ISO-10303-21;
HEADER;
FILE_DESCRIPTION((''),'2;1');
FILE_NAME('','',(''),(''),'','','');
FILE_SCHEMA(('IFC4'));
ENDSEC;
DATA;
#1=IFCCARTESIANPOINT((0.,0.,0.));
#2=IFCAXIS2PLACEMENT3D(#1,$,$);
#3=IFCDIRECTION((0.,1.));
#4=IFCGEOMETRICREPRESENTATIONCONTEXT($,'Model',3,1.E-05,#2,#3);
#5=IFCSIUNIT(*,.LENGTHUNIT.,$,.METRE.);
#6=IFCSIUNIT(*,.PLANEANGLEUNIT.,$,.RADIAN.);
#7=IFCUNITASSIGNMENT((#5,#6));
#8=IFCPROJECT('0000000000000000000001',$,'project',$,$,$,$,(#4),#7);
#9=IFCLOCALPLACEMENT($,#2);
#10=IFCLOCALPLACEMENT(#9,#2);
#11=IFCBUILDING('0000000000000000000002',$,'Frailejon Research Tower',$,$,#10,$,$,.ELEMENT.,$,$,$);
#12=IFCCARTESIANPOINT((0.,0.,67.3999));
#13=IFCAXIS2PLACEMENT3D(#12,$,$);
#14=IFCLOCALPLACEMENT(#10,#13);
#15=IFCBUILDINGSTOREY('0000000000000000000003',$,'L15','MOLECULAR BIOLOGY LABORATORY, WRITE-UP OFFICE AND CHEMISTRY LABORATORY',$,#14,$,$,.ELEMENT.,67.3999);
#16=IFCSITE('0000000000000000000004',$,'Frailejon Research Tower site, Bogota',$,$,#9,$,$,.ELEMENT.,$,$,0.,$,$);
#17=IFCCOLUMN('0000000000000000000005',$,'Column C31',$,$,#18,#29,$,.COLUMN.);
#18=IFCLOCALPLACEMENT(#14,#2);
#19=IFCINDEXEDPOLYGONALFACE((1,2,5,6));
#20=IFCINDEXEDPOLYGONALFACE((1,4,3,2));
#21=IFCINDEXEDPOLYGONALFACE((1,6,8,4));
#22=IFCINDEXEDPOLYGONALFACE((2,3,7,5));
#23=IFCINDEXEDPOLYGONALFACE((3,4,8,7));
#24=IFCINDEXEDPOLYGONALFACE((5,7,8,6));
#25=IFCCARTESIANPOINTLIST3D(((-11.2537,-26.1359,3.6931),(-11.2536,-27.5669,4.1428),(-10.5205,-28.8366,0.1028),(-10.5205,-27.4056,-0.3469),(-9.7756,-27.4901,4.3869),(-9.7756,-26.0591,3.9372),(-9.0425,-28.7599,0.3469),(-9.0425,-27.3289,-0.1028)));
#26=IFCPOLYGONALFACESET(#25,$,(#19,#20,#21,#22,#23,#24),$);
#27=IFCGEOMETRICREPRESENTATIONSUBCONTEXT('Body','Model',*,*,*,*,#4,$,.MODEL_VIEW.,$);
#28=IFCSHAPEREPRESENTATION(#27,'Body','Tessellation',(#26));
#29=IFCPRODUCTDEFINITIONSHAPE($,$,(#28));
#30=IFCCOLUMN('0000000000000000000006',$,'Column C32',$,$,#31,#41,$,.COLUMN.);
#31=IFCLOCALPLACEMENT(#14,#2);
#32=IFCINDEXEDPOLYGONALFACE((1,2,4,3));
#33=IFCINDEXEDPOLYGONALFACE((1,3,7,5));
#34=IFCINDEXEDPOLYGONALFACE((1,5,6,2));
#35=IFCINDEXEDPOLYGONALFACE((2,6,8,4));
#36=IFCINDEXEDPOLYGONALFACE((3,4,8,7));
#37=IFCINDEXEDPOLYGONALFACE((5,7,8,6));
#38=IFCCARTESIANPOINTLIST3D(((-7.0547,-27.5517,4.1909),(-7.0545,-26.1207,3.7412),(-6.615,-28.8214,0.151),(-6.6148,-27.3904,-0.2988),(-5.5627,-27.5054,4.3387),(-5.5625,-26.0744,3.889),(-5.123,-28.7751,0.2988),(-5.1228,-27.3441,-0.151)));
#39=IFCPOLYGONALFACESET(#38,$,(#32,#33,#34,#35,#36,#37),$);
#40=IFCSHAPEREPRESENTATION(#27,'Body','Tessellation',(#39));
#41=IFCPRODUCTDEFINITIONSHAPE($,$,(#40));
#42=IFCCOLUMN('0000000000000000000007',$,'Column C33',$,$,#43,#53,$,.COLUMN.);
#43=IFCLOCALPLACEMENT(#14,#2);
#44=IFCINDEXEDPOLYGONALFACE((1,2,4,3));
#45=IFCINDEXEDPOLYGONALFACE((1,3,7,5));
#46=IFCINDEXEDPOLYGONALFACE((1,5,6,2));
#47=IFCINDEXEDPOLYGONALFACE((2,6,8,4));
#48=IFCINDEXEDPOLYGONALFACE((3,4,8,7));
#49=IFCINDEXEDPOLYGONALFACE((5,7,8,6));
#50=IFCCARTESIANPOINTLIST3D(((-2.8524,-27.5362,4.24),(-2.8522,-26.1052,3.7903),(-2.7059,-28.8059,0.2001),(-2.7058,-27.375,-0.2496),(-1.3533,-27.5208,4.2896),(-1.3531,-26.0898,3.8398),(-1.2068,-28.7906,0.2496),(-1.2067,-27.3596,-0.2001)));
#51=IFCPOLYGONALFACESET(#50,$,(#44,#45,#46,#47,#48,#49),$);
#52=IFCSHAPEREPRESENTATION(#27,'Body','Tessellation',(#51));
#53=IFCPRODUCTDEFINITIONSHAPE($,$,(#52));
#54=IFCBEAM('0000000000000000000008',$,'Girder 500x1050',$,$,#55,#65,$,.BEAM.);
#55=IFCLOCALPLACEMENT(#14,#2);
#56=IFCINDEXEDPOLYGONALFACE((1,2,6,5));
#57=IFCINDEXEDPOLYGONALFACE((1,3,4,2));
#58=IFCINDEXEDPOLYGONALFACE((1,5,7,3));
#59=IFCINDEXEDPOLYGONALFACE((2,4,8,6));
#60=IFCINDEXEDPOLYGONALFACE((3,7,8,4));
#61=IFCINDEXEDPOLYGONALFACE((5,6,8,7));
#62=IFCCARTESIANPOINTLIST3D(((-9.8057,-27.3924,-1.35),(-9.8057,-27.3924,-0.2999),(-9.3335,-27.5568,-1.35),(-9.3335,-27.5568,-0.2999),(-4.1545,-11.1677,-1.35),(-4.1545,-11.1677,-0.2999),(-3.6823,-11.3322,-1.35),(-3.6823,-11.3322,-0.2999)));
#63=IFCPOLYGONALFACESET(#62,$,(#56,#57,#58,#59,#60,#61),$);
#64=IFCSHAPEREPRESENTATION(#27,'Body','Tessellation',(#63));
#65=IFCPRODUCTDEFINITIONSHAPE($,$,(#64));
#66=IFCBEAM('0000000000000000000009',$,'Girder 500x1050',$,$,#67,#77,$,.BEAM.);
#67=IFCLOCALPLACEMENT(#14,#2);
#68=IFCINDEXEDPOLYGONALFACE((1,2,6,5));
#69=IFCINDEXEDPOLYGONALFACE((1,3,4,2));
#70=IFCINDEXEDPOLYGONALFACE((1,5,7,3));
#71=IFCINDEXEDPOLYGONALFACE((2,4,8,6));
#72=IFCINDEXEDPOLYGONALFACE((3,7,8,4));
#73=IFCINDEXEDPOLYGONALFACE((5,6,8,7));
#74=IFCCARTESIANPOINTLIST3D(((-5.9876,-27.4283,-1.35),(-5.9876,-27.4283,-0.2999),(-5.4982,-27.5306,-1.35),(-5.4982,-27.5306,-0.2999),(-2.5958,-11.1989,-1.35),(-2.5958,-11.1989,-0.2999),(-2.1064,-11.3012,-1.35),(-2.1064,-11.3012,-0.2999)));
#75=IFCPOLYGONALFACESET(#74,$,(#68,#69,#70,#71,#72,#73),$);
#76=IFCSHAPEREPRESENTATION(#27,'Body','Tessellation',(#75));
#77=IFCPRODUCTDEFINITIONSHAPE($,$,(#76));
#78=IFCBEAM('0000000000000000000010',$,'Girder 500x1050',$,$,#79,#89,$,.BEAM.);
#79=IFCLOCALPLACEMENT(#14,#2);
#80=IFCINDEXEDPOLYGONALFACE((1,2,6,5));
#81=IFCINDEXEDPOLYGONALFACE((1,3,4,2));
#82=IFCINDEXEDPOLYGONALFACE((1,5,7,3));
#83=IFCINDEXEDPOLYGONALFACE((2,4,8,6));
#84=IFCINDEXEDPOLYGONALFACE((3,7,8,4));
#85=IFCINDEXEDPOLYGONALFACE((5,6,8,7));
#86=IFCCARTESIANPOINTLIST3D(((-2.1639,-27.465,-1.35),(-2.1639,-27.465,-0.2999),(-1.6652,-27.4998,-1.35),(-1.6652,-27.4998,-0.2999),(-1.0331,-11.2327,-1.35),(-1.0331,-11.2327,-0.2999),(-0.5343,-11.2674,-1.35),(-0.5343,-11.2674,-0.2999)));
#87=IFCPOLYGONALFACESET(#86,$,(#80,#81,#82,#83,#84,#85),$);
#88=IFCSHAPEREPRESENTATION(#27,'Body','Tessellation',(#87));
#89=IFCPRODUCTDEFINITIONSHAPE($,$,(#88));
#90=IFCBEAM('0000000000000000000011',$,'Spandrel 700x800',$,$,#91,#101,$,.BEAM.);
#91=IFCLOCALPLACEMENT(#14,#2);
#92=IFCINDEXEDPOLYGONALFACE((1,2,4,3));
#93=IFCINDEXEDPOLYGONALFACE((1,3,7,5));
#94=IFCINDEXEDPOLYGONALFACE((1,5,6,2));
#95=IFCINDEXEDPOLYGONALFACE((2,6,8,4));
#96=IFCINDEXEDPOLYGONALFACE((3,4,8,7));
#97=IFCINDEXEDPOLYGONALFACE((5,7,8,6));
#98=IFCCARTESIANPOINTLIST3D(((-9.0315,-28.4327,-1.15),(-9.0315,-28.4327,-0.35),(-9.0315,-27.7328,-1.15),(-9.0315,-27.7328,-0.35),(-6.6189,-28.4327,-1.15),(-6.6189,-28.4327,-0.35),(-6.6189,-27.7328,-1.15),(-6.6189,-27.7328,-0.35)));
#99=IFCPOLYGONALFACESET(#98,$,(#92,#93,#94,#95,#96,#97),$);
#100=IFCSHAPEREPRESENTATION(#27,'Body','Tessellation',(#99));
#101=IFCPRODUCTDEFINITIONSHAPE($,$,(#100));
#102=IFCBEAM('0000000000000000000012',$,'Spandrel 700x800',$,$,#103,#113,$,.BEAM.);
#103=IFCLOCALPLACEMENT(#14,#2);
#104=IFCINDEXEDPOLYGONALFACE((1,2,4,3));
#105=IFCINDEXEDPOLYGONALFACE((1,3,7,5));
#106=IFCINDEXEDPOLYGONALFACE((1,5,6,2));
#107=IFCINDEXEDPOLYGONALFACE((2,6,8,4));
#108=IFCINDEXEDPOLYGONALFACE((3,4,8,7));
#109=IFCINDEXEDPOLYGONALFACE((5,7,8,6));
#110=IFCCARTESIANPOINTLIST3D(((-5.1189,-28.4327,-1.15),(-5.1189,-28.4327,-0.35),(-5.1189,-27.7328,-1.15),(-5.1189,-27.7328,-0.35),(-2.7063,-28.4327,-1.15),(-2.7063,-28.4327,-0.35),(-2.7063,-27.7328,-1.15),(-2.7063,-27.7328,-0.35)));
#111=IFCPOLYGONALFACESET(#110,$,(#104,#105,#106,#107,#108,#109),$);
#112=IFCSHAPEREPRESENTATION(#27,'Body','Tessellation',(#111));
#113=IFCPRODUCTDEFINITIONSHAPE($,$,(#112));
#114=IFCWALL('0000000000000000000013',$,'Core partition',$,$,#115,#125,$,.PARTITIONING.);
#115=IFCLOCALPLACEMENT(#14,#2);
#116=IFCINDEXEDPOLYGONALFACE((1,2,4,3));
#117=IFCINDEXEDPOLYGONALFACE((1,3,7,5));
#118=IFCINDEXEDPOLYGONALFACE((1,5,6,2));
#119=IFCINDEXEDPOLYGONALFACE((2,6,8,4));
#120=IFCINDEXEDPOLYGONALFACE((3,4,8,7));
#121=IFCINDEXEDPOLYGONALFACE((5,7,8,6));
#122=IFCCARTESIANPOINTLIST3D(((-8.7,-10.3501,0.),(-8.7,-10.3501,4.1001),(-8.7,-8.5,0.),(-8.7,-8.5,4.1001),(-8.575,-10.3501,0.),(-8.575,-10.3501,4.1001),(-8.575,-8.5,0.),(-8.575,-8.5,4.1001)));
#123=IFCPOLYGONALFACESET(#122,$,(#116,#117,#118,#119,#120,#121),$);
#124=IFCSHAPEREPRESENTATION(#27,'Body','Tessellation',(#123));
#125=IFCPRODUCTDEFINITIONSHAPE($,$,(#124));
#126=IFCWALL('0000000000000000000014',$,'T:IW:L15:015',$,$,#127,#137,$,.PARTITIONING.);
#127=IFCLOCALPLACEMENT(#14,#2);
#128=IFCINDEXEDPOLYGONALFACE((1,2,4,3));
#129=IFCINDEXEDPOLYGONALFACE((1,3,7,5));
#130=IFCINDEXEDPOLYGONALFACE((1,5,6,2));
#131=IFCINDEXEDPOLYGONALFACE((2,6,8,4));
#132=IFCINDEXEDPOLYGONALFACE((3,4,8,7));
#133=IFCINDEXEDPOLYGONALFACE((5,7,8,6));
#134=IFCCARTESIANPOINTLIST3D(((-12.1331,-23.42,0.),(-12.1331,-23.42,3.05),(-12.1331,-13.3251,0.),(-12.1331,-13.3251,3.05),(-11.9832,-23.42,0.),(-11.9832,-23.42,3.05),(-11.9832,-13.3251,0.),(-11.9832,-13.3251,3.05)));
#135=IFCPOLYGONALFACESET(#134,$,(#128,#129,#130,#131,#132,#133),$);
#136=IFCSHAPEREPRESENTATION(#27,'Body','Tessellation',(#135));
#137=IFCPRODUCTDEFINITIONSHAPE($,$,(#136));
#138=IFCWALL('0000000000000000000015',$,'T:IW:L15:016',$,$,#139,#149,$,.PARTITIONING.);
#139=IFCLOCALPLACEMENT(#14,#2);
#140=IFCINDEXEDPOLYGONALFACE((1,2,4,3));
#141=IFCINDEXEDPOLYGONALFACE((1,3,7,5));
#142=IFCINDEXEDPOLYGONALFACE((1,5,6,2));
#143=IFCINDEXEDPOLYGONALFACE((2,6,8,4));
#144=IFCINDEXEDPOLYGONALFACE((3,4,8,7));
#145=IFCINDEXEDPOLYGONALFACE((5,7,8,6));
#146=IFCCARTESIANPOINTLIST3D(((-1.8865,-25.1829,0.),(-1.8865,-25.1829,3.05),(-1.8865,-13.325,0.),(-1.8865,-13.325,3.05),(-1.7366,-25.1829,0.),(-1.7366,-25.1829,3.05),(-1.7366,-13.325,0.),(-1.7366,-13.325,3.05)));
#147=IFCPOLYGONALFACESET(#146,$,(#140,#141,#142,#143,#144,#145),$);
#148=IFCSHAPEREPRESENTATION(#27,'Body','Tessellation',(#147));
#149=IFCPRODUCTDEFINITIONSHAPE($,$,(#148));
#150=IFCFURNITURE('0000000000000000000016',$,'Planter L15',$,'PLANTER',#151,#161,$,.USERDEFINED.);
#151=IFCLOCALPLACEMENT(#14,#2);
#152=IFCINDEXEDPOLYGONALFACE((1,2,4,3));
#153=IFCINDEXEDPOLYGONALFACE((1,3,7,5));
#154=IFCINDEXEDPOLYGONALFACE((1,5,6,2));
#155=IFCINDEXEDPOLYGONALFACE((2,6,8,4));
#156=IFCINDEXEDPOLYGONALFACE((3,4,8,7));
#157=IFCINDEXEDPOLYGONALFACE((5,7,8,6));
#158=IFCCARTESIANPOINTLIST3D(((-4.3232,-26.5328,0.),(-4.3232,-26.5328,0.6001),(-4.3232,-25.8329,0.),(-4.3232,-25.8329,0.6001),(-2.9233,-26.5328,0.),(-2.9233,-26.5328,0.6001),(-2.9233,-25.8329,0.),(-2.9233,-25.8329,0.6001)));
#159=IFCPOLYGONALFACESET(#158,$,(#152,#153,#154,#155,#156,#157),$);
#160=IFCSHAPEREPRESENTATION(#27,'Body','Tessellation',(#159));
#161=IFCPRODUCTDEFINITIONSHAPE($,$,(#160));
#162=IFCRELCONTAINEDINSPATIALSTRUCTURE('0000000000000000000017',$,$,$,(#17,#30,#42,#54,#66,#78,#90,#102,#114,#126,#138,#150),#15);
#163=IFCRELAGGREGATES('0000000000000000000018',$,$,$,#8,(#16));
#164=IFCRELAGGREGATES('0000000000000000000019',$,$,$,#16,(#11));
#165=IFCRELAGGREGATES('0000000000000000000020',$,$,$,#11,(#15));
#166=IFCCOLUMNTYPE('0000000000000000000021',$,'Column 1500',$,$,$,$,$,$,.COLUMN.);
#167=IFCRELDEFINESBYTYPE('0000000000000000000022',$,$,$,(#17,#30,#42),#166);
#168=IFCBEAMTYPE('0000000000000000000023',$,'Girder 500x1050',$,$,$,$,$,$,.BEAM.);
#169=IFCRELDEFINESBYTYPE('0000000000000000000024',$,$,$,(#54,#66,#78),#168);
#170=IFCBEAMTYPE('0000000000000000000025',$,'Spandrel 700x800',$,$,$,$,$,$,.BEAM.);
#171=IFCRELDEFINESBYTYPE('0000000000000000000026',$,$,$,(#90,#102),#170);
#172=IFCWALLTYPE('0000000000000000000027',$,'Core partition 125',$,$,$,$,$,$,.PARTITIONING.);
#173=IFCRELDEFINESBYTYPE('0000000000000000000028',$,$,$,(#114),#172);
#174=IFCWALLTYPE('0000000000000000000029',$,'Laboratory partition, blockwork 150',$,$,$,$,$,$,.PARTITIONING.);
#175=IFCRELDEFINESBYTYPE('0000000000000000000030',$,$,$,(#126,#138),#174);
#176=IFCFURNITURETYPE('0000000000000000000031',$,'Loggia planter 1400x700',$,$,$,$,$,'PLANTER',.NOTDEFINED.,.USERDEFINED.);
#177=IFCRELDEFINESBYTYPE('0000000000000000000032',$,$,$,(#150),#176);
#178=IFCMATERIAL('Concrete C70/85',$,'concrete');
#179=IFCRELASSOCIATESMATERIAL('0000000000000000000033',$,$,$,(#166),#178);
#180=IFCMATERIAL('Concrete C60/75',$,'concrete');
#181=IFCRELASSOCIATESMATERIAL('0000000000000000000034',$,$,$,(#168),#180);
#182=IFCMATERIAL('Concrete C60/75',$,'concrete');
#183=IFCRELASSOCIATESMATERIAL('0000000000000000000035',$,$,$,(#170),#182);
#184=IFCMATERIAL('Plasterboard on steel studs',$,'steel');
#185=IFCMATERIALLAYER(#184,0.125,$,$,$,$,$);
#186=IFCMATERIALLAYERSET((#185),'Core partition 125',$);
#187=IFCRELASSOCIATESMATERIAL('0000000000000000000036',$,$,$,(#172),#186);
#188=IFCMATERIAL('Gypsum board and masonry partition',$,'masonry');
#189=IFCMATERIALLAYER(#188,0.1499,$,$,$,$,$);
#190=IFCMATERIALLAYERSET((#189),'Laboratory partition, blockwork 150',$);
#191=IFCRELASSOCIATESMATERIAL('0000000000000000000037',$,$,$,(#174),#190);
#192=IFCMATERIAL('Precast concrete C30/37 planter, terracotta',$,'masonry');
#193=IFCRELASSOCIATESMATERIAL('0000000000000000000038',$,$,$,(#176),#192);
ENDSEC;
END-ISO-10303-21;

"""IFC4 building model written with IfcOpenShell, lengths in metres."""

from ifc_helpers import new_model, si_unit, direction, frame, frame_2d, origin, origin_2d, place, context, subcontext, project, spatial, rectangle, extrude, material, layer, layer_set, material_profile, profile_set, type_object, element, save


model = new_model("IFC4")

# Units and contexts
model_context = context("Model", 3, precision=1e-05, world=origin(), true_north=direction((0.0, 1.0)))
body_context = subcontext(model_context, "Body", "Model", "MODEL_VIEW")
ifc_project = project(units=[si_unit("LENGTHUNIT", "METRE"), si_unit("PLANEANGLEUNIT", "RADIAN")], contexts=[model_context])

# Site, building, storey
site_placement = place(None, origin())
site = spatial("IfcSite", under=ifc_project, at=site_placement, Name="Frailejon Research Tower site, Bogota", CompositionType="ELEMENT", RefElevation=0.0)
building_placement = place(site_placement, origin())
building = spatial("IfcBuilding", under=site, at=building_placement, Name="Frailejon Research Tower", CompositionType="ELEMENT")
storey_placement = place(building_placement, frame((0.0, 0.0, 67.3999)))
storey = spatial("IfcBuildingStorey", under=building, at=storey_placement, Name="L15", Description="MOLECULAR BIOLOGY LABORATORY, WRITE-UP OFFICE AND CHEMISTRY LABORATORY", CompositionType="ELEMENT", Elevation=67.3999)

# Columns
ifc_material_1 = material(Name="Concrete C70/85", Category="concrete")
ifc_material_profile_1 = material_profile(ifc_material_1, rectangle(XDim=1.5, YDim=1.5, at=origin_2d()), Name="Column 1500")
ifc_profile_set_1 = profile_set([ifc_material_profile_1], Name="Concrete C70/85")
column_type = type_object("IfcColumnType", Name="Column 1500", PredefinedType="COLUMN", material=ifc_profile_set_1)
column_1_placement = place(storey_placement, frame((-9.7815, -28.0828, 0.0), z_axis=(-0.170585, 0.295442, 0.940008), x_axis=(0.985343, 0.051151, 0.162736)))
element("IfcColumn", 1, at=column_1_placement, inside=storey, type_object=column_type, Name="Column C31", PredefinedType="COLUMN", context=body_context, shape_type="SweptSolid", body=[
    extrude(rectangle(XDim=1.5, YDim=1.5, at=origin_2d()), origin(), (0.0, 0.0, 1.0), 4.2979),
])
column_2_placement = place(storey_placement, frame((-5.8689, -28.0828, 0.0), z_axis=(-0.103272, 0.298234, 0.94889), x_axis=(0.994653, 0.030866, 0.098552)))
element("IfcColumn", 2, at=column_2_placement, inside=storey, type_object=column_type, Name="Column C32", PredefinedType="COLUMN", context=body_context, shape_type="SweptSolid", body=[
    extrude(rectangle(XDim=1.5, YDim=1.5, at=origin_2d()), origin(), (0.0, 0.0, 1.0), 4.2576),
])
column_3_placement = place(storey_placement, frame((-1.9563, -28.0828, 0.0), z_axis=(-0.034569, 0.299658, 0.95342), x_axis=(0.999402, 0.01025, 0.033015)))
element("IfcColumn", 3, at=column_3_placement, inside=storey, type_object=column_type, Name="Column C33", PredefinedType="COLUMN", context=body_context, shape_type="SweptSolid", body=[
    extrude(rectangle(XDim=1.5, YDim=1.5, at=origin_2d()), origin(), (0.0, 0.0, 1.0), 4.2373),
])

# Beams
ifc_material_2 = material(Name="Concrete C60/75", Category="concrete")
ifc_material_profile_2 = material_profile(ifc_material_2, rectangle(XDim=0.5, YDim=1.05, at=origin_2d()), Name="Girder 500x1050")
ifc_profile_set_2 = profile_set([ifc_material_profile_2], Name="Concrete C60/75")
beam_type_1 = type_object("IfcBeamType", Name="Girder 500x1050", PredefinedType="BEAM", material=ifc_profile_set_2)
beam_1_placement = place(storey_placement, frame((-9.5696, -27.4746, -0.825), z_axis=(0.328925, 0.944356, 0.0), x_axis=(-0.944356, 0.328925, 0.0)))
element("IfcBeam", 4, at=beam_1_placement, inside=storey, type_object=beam_type_1, Name="Girder 500x1050", PredefinedType="BEAM", context=body_context, shape_type="SweptSolid", body=[
    extrude(rectangle(XDim=0.5, YDim=1.05, at=origin_2d()), origin(), (0.0, 0.0, 1.0), 17.1807),
])
beam_2_placement = place(storey_placement, frame((-5.7429, -27.4795, -0.825), z_axis=(0.204573, 0.978851, 0.0), x_axis=(-0.978851, 0.204573, 0.0)))
element("IfcBeam", 5, at=beam_2_placement, inside=storey, type_object=beam_type_1, Name="Girder 500x1050", PredefinedType="BEAM", context=body_context, shape_type="SweptSolid", body=[
    extrude(rectangle(XDim=0.5, YDim=1.05, at=origin_2d()), origin(), (0.0, 0.0, 1.0), 16.5801),
])
beam_3_placement = place(storey_placement, frame((-1.9146, -27.4824, -0.825), z_axis=(0.069498, 0.997582, 0.0), x_axis=(-0.997582, 0.069498, 0.0)))
element("IfcBeam", 6, at=beam_3_placement, inside=storey, type_object=beam_type_1, Name="Girder 500x1050", PredefinedType="BEAM", context=body_context, shape_type="SweptSolid", body=[
    extrude(rectangle(XDim=0.5, YDim=1.05, at=origin_2d()), origin(), (0.0, 0.0, 1.0), 16.2717),
])
ifc_material_3 = material(Name="Concrete C60/75", Category="concrete")
ifc_material_profile_3 = material_profile(ifc_material_3, rectangle(XDim=0.7, YDim=0.8, at=origin_2d()), Name="Spandrel 700x800")
ifc_profile_set_3 = profile_set([ifc_material_profile_3], Name="Concrete C60/75")
beam_type_2 = type_object("IfcBeamType", Name="Spandrel 700x800", PredefinedType="BEAM", material=ifc_profile_set_3)
for number, where, z_axis, x_axis, name in (
    (7, (-9.0315, -28.0828, -0.75), (1.0, 0.0, 0.0), (0.0, 1.0, 0.0), "Spandrel 700x800"),
    (8, (-5.1189, -28.0828, -0.75), (1.0, 0.0, 0.0), (0.0, 1.0, 0.0), "Spandrel 700x800"),
):
    element("IfcBeam", number, at=place(storey_placement, frame(where, z_axis=z_axis, x_axis=x_axis)), inside=storey, type_object=beam_type_2, Name=name, PredefinedType="BEAM", context=body_context, shape_type="SweptSolid", body=[
        extrude(rectangle(XDim=0.7, YDim=0.8, at=origin_2d()), origin(), (0.0, 0.0, 1.0), 2.4126),
    ])

# Walls
ifc_material_4 = material(Name="Plasterboard on steel studs", Category="steel")
ifc_layer_1 = layer(ifc_material_4, 0.125)
ifc_layer_set_1 = layer_set([ifc_layer_1], Name="Core partition 125")
wall_type_1 = type_object("IfcWallType", Name="Core partition 125", PredefinedType="PARTITIONING", material=ifc_layer_set_1)
wall_1_placement = place(storey_placement, frame((-8.6375, -10.3501, 0.0), z_axis=(0.0, 0.0, 1.0), x_axis=(0.0, 1.0, 0.0)))
element("IfcWall", 9, at=wall_1_placement, inside=storey, type_object=wall_type_1, Name="Core partition", PredefinedType="PARTITIONING", context=body_context, shape_type="SweptSolid", body=[
    extrude(rectangle(XDim=1.8501, YDim=0.125, at=frame_2d((0.925, 0.0))), origin(), (0.0, 0.0, 1.0), 4.1001),
])
ifc_material_5 = material(Name="Gypsum board and masonry partition", Category="masonry")
ifc_layer_2 = layer(ifc_material_5, 0.1499)
ifc_layer_set_2 = layer_set([ifc_layer_2], Name="Laboratory partition, blockwork 150")
wall_type_2 = type_object("IfcWallType", Name="Laboratory partition, blockwork 150", PredefinedType="PARTITIONING", material=ifc_layer_set_2)
wall_2_placement = place(storey_placement, frame((-12.0581, -23.4199, 0.0), z_axis=(0.0, 0.0, 1.0), x_axis=(0.0, 1.0, 0.0)))
element("IfcWall", 10, at=wall_2_placement, inside=storey, type_object=wall_type_2, Name="T:IW:L15:015", PredefinedType="PARTITIONING", context=body_context, shape_type="SweptSolid", body=[
    extrude(rectangle(XDim=10.095, YDim=0.1499, at=frame_2d((5.0474, 0.0))), origin(), (0.0, 0.0, 1.0), 3.05),
])
wall_3_placement = place(storey_placement, frame((-1.8115, -25.1829, 0.0), z_axis=(0.0, 0.0, 1.0), x_axis=(0.0, 1.0, 0.0)))
element("IfcWall", 11, at=wall_3_placement, inside=storey, type_object=wall_type_2, Name="T:IW:L15:016", PredefinedType="PARTITIONING", context=body_context, shape_type="SweptSolid", body=[
    extrude(rectangle(XDim=11.8579, YDim=0.1499, at=frame_2d((5.929, 0.0))), origin(), (0.0, 0.0, 1.0), 3.05),
])

# Furniture
ifc_material_6 = material(Name="Precast concrete C30/37 planter, terracotta", Category="masonry")
furniture_type = type_object("IfcFurnitureType", Name="Loggia planter 1400x700", ElementType="PLANTER", AssemblyPlace="NOTDEFINED", PredefinedType="USERDEFINED", material=ifc_material_6)
furniture_placement = place(storey_placement, frame((-3.6233, -26.1829, 0.0), z_axis=(0.0, 0.0, 1.0), x_axis=(1.0, 0.0, 0.0)))
element("IfcFurniture", 12, at=furniture_placement, inside=storey, type_object=furniture_type, Name="Planter L15", ObjectType="PLANTER", PredefinedType="USERDEFINED", context=body_context, shape_type="SweptSolid", body=[
    extrude(rectangle(XDim=1.3999, YDim=0.7, at=origin_2d()), origin(), (0.0, 0.0, 1.0), 0.6001),
])

save(model, "model.ifc")
